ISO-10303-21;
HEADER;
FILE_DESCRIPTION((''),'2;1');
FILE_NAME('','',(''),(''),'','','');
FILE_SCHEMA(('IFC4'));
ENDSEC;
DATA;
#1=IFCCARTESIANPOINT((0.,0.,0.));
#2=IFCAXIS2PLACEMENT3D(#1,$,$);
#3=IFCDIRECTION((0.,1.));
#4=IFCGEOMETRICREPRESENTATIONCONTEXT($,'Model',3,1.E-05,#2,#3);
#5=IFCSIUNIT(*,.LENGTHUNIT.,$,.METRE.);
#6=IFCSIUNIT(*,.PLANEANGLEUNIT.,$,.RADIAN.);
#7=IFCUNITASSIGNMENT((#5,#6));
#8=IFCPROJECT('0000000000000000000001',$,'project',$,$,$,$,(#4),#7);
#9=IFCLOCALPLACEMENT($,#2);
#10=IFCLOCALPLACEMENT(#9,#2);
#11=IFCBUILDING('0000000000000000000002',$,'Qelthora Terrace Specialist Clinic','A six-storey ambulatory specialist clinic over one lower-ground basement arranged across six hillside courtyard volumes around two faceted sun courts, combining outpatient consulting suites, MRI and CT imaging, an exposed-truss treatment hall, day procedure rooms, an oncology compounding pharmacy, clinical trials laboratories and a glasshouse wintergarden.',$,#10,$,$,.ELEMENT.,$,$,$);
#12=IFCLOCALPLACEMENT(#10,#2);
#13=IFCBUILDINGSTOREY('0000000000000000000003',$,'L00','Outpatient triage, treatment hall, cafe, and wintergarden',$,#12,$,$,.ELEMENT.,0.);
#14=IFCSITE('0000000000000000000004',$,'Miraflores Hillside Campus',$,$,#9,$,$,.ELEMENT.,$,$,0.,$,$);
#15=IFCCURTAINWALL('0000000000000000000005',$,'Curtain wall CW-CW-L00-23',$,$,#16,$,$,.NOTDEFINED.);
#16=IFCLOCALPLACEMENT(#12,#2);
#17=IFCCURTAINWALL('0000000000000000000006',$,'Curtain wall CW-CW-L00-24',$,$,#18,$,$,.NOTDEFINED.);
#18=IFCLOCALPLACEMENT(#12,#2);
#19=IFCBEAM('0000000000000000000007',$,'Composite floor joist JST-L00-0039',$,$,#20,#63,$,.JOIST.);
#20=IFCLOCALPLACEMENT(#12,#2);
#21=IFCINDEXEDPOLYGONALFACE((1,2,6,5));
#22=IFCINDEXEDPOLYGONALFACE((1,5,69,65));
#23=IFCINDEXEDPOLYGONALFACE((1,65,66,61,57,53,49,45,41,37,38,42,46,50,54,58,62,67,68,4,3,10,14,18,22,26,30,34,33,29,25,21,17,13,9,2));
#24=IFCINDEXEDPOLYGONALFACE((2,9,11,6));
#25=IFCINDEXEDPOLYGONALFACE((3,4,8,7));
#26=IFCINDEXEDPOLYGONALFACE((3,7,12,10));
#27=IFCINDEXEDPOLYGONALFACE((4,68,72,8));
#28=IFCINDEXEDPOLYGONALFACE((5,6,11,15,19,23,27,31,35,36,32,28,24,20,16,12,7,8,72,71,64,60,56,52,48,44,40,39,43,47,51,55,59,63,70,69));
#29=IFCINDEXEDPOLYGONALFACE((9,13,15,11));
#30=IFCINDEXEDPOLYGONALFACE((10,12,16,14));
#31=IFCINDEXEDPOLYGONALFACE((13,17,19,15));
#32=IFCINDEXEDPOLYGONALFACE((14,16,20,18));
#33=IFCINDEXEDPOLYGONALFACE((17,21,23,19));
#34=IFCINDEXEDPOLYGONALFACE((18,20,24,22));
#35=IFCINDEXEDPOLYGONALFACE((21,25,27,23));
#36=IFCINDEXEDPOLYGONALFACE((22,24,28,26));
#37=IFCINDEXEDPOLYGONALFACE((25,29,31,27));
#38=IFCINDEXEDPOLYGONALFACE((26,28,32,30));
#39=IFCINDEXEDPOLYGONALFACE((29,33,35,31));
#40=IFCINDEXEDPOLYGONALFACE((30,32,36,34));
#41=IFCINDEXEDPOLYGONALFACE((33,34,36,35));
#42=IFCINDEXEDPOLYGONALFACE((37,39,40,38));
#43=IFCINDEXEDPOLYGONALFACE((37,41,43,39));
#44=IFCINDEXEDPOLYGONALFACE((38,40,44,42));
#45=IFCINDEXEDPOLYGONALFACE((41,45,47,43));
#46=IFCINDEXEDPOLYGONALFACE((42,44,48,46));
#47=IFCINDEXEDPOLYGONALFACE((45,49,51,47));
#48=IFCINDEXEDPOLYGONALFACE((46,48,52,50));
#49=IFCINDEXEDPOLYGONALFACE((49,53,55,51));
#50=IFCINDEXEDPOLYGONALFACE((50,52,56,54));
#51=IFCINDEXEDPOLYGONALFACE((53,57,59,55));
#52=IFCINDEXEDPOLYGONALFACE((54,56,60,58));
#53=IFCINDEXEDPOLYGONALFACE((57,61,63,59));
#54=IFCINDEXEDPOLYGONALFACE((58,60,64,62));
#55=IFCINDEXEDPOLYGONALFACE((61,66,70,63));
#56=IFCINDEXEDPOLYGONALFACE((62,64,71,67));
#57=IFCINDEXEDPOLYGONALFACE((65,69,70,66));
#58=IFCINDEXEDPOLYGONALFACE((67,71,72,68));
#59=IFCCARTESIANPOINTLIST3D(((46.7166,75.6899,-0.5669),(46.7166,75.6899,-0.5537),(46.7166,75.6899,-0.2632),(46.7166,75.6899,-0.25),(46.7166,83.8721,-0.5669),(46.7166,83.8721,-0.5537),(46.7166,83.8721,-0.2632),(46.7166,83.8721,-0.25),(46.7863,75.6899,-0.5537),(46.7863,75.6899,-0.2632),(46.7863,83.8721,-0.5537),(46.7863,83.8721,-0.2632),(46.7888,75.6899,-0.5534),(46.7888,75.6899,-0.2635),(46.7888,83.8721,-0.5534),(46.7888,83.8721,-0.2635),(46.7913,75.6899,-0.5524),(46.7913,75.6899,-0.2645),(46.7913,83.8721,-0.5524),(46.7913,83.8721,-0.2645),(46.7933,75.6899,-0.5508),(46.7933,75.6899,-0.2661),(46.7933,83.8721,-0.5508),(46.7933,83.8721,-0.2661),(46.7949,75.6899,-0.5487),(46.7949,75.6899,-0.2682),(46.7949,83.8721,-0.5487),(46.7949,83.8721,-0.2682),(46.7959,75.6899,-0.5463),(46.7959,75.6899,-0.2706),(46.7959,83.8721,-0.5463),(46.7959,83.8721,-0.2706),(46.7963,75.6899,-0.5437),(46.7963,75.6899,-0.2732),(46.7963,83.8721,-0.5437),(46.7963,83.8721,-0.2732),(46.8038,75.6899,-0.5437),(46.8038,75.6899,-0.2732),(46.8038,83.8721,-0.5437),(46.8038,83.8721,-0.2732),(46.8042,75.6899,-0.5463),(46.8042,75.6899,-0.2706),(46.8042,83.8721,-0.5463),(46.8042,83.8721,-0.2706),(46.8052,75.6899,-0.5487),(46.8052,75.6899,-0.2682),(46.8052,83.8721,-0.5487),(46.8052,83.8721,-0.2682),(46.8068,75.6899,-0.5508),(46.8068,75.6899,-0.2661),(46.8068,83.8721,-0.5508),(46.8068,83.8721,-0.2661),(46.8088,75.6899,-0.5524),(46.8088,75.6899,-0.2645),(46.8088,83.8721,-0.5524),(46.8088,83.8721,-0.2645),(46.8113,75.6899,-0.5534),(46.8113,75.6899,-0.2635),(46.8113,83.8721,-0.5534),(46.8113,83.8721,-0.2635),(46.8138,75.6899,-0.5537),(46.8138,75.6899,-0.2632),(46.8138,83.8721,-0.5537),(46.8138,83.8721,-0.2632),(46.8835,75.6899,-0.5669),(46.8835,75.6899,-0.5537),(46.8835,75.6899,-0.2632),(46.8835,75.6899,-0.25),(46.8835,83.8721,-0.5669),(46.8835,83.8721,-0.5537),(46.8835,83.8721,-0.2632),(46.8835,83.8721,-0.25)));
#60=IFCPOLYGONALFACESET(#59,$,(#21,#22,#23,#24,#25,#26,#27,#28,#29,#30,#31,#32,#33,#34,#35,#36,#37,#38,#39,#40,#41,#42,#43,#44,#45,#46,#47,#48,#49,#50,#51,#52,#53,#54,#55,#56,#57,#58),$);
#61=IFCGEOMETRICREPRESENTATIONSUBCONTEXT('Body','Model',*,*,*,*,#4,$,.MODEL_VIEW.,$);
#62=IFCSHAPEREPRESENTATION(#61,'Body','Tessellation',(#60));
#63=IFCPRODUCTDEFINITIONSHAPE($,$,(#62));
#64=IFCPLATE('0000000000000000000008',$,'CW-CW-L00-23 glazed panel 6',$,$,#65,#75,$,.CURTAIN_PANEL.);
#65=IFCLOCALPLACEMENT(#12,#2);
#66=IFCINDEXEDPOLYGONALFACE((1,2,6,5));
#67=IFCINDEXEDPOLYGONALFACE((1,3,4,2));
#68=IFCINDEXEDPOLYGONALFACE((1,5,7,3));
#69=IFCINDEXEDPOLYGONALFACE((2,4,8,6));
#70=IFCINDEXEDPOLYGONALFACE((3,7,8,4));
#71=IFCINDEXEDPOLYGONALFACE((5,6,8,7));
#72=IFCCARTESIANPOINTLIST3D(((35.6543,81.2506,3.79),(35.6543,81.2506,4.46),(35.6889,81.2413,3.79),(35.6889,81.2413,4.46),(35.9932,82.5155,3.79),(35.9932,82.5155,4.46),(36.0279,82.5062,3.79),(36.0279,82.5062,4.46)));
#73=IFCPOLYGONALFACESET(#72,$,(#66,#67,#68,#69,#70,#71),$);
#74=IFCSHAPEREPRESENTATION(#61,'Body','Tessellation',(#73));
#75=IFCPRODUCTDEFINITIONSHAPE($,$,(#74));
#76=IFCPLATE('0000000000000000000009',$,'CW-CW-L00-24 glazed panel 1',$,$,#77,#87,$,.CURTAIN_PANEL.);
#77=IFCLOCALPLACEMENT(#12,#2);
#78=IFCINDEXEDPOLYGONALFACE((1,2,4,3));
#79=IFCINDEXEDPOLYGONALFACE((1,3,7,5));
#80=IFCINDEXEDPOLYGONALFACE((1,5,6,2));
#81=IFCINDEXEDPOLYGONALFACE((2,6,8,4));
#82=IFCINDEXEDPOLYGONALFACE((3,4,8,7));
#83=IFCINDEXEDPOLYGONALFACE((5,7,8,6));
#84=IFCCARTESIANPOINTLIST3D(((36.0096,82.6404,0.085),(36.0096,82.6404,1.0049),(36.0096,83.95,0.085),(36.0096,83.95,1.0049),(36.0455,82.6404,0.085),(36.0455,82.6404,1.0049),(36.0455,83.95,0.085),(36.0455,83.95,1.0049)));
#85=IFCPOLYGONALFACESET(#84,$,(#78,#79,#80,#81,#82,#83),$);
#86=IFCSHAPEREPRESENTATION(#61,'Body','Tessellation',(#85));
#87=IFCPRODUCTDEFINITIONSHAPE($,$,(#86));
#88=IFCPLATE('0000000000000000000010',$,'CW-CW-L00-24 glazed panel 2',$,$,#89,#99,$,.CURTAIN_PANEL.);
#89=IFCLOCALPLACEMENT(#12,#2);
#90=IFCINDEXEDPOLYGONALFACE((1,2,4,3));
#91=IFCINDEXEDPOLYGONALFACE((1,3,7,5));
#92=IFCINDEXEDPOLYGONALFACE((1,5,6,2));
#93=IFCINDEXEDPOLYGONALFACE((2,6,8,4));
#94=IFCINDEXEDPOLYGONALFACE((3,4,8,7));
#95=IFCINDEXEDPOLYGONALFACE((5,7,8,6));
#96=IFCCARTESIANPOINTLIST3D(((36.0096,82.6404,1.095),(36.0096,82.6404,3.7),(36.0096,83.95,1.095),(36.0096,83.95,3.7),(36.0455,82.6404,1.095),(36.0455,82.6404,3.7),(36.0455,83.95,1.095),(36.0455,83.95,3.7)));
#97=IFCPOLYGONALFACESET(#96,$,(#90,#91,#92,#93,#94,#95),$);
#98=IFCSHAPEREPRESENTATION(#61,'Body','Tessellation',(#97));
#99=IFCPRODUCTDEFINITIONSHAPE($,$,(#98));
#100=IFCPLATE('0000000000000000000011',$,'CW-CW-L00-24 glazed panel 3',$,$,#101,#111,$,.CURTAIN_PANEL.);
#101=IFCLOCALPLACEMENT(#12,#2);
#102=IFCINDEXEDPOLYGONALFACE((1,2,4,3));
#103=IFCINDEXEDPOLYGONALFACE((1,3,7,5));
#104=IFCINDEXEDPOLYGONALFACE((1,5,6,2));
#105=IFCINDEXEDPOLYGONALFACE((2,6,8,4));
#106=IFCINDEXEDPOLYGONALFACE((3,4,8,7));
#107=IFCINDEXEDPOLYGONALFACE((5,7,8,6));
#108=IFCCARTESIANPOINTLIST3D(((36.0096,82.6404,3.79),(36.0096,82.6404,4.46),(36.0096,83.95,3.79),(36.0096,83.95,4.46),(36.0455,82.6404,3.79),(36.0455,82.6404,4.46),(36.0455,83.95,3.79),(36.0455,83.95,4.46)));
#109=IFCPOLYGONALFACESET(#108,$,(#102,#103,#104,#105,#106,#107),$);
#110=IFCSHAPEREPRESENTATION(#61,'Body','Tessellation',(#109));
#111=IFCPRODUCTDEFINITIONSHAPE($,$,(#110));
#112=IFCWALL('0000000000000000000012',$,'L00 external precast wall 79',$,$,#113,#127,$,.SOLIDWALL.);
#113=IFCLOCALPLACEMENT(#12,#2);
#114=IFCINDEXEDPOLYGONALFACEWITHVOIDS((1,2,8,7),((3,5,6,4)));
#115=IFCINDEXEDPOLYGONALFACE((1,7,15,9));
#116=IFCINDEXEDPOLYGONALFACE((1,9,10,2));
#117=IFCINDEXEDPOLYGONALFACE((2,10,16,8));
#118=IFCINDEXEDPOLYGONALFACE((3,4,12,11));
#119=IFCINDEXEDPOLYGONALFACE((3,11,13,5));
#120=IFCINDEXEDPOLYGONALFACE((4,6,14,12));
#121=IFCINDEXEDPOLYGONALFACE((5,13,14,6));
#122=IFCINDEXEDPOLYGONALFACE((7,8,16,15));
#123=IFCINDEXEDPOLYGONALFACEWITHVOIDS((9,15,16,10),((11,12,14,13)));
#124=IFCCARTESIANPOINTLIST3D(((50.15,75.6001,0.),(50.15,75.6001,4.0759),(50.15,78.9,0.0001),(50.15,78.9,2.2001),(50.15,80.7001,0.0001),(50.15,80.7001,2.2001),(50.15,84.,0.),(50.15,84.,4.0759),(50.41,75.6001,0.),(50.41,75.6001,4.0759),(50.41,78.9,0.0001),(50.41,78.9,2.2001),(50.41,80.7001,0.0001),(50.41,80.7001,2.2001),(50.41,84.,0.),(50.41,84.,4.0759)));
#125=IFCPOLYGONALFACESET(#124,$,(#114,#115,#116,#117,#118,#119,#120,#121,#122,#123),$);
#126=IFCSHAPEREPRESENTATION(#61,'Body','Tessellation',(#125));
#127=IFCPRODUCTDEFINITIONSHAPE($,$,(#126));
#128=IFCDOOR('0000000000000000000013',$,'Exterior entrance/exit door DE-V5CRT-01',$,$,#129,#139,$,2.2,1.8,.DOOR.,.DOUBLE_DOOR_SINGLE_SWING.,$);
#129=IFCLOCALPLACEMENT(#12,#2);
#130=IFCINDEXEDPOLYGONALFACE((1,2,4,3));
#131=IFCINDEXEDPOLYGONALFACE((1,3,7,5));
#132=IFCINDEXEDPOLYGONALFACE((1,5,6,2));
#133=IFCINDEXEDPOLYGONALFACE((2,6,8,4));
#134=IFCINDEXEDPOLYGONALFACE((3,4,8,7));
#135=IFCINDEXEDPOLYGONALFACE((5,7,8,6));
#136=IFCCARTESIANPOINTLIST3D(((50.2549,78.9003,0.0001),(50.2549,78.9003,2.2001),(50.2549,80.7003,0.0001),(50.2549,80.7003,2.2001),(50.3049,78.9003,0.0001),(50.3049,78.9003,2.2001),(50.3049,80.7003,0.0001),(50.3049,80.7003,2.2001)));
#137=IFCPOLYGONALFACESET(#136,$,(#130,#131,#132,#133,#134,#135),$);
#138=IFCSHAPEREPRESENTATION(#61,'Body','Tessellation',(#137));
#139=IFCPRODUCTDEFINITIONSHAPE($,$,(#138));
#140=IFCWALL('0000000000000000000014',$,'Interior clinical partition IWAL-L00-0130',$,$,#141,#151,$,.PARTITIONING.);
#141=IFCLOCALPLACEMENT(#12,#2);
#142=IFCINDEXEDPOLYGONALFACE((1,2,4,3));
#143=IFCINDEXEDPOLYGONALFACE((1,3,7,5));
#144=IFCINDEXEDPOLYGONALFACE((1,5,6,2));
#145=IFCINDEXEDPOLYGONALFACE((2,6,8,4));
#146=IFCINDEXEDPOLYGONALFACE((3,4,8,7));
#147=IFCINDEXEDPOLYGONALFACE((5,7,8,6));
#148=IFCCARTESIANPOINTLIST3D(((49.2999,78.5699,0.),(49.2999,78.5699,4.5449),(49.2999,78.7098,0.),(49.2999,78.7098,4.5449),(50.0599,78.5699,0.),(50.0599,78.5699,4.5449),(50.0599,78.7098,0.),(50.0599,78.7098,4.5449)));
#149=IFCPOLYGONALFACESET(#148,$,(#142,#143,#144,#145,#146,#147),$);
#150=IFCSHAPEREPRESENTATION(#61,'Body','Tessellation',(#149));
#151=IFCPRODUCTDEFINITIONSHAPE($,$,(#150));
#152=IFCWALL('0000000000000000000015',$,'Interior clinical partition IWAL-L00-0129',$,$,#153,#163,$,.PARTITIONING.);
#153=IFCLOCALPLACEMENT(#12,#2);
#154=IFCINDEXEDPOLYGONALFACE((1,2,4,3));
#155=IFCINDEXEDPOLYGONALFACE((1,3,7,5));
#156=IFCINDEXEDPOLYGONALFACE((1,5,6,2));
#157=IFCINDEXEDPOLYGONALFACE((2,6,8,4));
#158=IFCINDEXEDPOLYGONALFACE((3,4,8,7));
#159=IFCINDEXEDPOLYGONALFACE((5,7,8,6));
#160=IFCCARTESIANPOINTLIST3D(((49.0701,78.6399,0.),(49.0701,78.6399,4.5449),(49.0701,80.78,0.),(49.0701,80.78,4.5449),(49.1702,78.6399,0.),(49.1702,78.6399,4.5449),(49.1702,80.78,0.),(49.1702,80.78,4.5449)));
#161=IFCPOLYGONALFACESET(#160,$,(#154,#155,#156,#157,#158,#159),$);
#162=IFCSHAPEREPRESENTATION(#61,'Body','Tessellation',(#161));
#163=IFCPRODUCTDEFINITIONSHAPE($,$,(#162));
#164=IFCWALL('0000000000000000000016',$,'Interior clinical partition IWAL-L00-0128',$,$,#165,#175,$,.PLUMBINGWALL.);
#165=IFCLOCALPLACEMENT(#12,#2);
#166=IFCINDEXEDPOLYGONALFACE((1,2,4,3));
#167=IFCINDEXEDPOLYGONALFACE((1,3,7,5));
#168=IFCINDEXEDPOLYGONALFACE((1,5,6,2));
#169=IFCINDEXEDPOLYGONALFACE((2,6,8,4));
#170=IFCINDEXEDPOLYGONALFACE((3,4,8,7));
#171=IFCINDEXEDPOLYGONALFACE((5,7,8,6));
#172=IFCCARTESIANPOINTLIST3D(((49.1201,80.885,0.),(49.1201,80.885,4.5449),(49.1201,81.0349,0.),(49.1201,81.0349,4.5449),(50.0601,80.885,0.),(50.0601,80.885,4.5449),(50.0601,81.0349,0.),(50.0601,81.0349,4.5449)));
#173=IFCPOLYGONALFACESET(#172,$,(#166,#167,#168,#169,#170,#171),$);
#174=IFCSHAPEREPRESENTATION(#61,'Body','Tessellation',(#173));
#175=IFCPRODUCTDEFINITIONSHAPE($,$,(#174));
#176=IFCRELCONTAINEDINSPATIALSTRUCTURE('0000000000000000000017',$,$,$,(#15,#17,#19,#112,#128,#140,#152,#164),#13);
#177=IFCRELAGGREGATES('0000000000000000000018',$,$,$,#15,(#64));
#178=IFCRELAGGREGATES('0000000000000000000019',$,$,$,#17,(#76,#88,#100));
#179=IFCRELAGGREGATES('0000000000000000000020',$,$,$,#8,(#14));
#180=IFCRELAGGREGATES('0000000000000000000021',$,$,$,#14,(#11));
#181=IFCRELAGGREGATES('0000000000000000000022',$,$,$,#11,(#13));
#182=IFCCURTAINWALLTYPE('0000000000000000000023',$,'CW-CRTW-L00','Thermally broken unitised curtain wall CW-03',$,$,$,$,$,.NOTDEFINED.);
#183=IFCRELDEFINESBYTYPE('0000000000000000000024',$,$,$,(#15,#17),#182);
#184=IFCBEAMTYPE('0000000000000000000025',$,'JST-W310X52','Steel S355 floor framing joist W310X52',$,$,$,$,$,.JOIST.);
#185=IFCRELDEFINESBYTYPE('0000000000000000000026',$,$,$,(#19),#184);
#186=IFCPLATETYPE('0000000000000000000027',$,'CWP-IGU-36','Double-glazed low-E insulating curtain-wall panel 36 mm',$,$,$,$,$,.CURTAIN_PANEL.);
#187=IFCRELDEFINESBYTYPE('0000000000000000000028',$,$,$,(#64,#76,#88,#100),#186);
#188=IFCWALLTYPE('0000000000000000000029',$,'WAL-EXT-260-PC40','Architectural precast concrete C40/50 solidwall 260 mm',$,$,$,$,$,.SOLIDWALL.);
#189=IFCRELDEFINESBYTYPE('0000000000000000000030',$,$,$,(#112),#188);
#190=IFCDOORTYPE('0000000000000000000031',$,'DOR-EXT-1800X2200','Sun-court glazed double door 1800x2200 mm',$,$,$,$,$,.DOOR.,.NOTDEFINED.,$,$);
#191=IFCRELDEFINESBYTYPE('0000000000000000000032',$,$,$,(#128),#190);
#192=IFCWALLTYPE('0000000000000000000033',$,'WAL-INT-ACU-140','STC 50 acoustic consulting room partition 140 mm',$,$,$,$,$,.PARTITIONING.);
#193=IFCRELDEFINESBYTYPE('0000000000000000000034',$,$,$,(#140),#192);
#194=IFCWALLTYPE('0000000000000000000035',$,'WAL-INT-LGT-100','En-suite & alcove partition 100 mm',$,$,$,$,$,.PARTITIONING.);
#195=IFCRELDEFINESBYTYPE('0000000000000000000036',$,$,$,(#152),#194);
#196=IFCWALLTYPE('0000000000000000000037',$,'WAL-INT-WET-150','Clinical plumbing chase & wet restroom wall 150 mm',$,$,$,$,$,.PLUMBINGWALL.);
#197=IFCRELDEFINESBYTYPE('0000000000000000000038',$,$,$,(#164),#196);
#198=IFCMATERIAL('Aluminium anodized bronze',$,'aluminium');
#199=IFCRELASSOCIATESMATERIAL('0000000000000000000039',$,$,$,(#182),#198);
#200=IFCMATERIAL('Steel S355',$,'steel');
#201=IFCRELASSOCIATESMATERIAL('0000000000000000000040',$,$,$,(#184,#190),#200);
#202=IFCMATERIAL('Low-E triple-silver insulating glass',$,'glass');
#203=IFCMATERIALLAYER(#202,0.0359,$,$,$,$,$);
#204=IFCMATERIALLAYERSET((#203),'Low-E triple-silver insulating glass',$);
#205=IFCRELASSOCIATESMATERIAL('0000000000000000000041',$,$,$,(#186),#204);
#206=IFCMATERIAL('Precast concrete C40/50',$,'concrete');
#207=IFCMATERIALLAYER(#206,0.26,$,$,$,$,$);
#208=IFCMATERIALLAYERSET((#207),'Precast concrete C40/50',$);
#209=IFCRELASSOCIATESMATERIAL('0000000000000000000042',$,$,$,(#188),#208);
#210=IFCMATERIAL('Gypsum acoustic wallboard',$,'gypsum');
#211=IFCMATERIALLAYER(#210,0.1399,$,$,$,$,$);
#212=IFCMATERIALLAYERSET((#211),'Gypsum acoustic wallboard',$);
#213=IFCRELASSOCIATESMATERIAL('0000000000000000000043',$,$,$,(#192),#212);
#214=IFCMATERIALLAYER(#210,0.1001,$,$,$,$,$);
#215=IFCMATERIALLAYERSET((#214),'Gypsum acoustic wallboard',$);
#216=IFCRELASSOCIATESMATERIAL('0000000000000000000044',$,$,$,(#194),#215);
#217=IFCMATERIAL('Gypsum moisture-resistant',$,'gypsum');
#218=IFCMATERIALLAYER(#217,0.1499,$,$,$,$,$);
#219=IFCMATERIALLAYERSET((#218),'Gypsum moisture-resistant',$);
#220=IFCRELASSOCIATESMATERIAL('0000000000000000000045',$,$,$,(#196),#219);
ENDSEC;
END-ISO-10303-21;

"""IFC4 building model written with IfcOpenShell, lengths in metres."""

from ifc_helpers import new_model, si_unit, direction, frame, frame_2d, origin, origin_2d, place, context, subcontext, project, spatial, rectangle, i_section, extrude, material, layer, layer_set, material_profile, profile_set, type_object, element, fill, aggregate, save


model = new_model("IFC4")

# Units and contexts
model_context = context("Model", 3, precision=1e-05, world=origin(), true_north=direction((0.0, 1.0)))
body_context = subcontext(model_context, "Body", "Model", "MODEL_VIEW")
ifc_project = project(units=[si_unit("LENGTHUNIT", "METRE"), si_unit("PLANEANGLEUNIT", "RADIAN")], contexts=[model_context])

# Site, building, storey
site_placement = place(None, origin())
site = spatial("IfcSite", under=ifc_project, at=site_placement, Name="Miraflores Hillside Campus", CompositionType="ELEMENT", RefElevation=0.0)
building_placement = place(site_placement, origin())
building = spatial("IfcBuilding", under=site, at=building_placement, Name="Qelthora Terrace Specialist Clinic", Description="A six-storey ambulatory specialist clinic over one lower-ground basement arranged across six hillside courtyard volumes around two faceted sun courts, combining outpatient consulting suites, MRI and CT imaging, an exposed-truss treatment hall, day procedure rooms, an oncology compounding pharmacy, clinical trials laboratories and a glasshouse wintergarden.", CompositionType="ELEMENT")
storey_placement = place(building_placement, origin())
storey = spatial("IfcBuildingStorey", under=building, at=storey_placement, Name="L00", Description="Outpatient triage, treatment hall, cafe, and wintergarden", CompositionType="ELEMENT", Elevation=0.0)

# Shared definitions
ifc_material_1 = material(Name="Steel S355", Category="steel")

# Curtain wall
ifc_material_2 = material(Name="Aluminium anodized bronze", Category="aluminium")
curtain_wall_type = type_object("IfcCurtainWallType", Name="CW-CRTW-L00", Description="Thermally broken unitised curtain wall CW-03", PredefinedType="NOTDEFINED", material=ifc_material_2)
curtain_wall_1_placement = place(storey_placement, origin())
curtain_wall_1 = element("IfcCurtainWall", 1, at=curtain_wall_1_placement, inside=storey, type_object=curtain_wall_type, Name="Curtain wall CW-CW-L00-23", PredefinedType="NOTDEFINED")

# Curtain wall
curtain_wall_2_placement = place(storey_placement, origin())
curtain_wall_2 = element("IfcCurtainWall", 2, at=curtain_wall_2_placement, inside=storey, type_object=curtain_wall_type, Name="Curtain wall CW-CW-L00-24", PredefinedType="NOTDEFINED")

# Beam
ifc_material_profile_1 = material_profile(ifc_material_1, i_section(OverallWidth=0.167, OverallDepth=0.3169, WebThickness=0.0076, FlangeThickness=0.0132, FilletRadius=0.01, at=origin_2d()), Name="W310X52")
ifc_profile_set_1 = profile_set([ifc_material_profile_1], Name="Steel S355")
beam_type_1 = type_object("IfcBeamType", Name="JST-W310X52", Description="Steel S355 floor framing joist W310X52", PredefinedType="JOIST", material=ifc_profile_set_1)
beam_1_placement = place(storey_placement, frame((46.8, 75.6899, -0.4084), z_axis=(0.0, 1.0, 0.0), x_axis=(-1.0, 0.0, 0.0)))
element("IfcBeam", 3, at=beam_1_placement, inside=storey, type_object=beam_type_1, Name="Composite floor joist JST-L00-0039", PredefinedType="JOIST", context=body_context, shape_type="SweptSolid", body=[
    extrude(i_section(OverallWidth=0.167, OverallDepth=0.3169, WebThickness=0.0076, FlangeThickness=0.0132, FilletRadius=0.01, at=origin_2d()), origin(), (0.0, 0.0, 1.0), 8.1821),
])

# Plates
ifc_material_3 = material(Name="Low-E triple-silver insulating glass", Category="glass")
ifc_layer_1 = layer(ifc_material_3, 0.0359)
ifc_layer_set_1 = layer_set([ifc_layer_1], Name="Low-E triple-silver insulating glass")
plate_type = type_object("IfcPlateType", Name="CWP-IGU-36", Description="Double-glazed low-E insulating curtain-wall panel 36 mm", PredefinedType="CURTAIN_PANEL", material=ifc_layer_set_1)
plate_1_placement = place(storey_placement, frame((35.8411, 81.8784, 3.79), z_axis=(0.0, 0.0, 1.0), x_axis=(0.258821, 0.965925, 0.0)))
plate_1 = element("IfcPlate", 4, at=plate_1_placement, type_object=plate_type, Name="CW-CW-L00-23 glazed panel 6", PredefinedType="CURTAIN_PANEL", context=body_context, shape_type="SweptSolid", body=[
    extrude(rectangle(XDim=1.3096, YDim=0.0359, at=origin_2d()), origin(), (0.0, 0.0, 1.0), 0.6699),
])
aggregate(curtain_wall_1, [plate_1])
plate_2_placement = place(storey_placement, frame((36.0276, 83.2952, 0.085), z_axis=(0.0, 0.0, 1.0), x_axis=(0.0, 1.0, 0.0)))
plate_2 = element("IfcPlate", 5, at=plate_2_placement, type_object=plate_type, Name="CW-CW-L00-24 glazed panel 1", PredefinedType="CURTAIN_PANEL", context=body_context, shape_type="SweptSolid", body=[
    extrude(rectangle(XDim=1.3096, YDim=0.0359, at=origin_2d()), origin(), (0.0, 0.0, 1.0), 0.9199),
])
plate_3_placement = place(storey_placement, frame((36.0276, 83.2952, 1.095), z_axis=(0.0, 0.0, 1.0), x_axis=(0.0, 1.0, 0.0)))
plate_3 = element("IfcPlate", 6, at=plate_3_placement, type_object=plate_type, Name="CW-CW-L00-24 glazed panel 2", PredefinedType="CURTAIN_PANEL", context=body_context, shape_type="SweptSolid", body=[
    extrude(rectangle(XDim=1.3096, YDim=0.0359, at=origin_2d()), origin(), (0.0, 0.0, 1.0), 2.605),
])
plate_4_placement = place(storey_placement, frame((36.0276, 83.2952, 3.79), z_axis=(0.0, 0.0, 1.0), x_axis=(0.0, 1.0, 0.0)))
plate_4 = element("IfcPlate", 7, at=plate_4_placement, type_object=plate_type, Name="CW-CW-L00-24 glazed panel 3", PredefinedType="CURTAIN_PANEL", context=body_context, shape_type="SweptSolid", body=[
    extrude(rectangle(XDim=1.3096, YDim=0.0359, at=origin_2d()), origin(), (0.0, 0.0, 1.0), 0.6699),
])
aggregate(curtain_wall_2, [plate_2, plate_3, plate_4])

# Wall, opening, door
ifc_material_4 = material(Name="Precast concrete C40/50", Category="concrete")
ifc_layer_2 = layer(ifc_material_4, 0.26)
ifc_layer_set_2 = layer_set([ifc_layer_2], Name="Precast concrete C40/50")
wall_type_1 = type_object("IfcWallType", Name="WAL-EXT-260-PC40", Description="Architectural precast concrete C40/50 solidwall 260 mm", PredefinedType="SOLIDWALL", material=ifc_layer_set_2)
wall_1_placement = place(storey_placement, frame((50.28, 75.6001, 0.0), z_axis=(0.0, 0.0, 1.0), x_axis=(0.0, 1.0, 0.0)))
wall_1 = element("IfcWall", 8, at=wall_1_placement, inside=storey, type_object=wall_type_1, Name="L00 external precast wall 79", PredefinedType="SOLIDWALL", context=body_context, shape_type="SweptSolid", body=[
    extrude(rectangle(XDim=8.3999, YDim=0.26, at=frame_2d((4.2, 0.0))), origin(), (0.0, 0.0, 1.0), 4.0759),
])
opening_placement = place(wall_1_placement, frame((3.3, 0.0, 0.0)))
opening = element("IfcOpeningElement", 9, at=opening_placement, cuts=wall_1, PredefinedType="OPENING", context=body_context, shape_type="SweptSolid", body=[
    extrude(rectangle(XDim=1.8, YDim=2.2, at=frame_2d((0.8999, 1.1001))), frame((0.0, 0.1399, 0.0), z_axis=(0.0, -1.0, 0.0), x_axis=(1.0, 0.0, 0.0)), (0.0, 0.0, 1.0), 0.28),
])
door_type = type_object("IfcDoorType", Name="DOR-EXT-1800X2200", Description="Sun-court glazed double door 1800x2200 mm", OperationType="NOTDEFINED", PredefinedType="DOOR", material=ifc_material_1)
door_placement = place(opening_placement, frame((1.8, 0.0, 0.0), z_axis=(0.0, 0.0, 1.0), x_axis=(-1.0, 0.0, 0.0)))
door = element("IfcDoor", 10, at=door_placement, inside=storey, type_object=door_type, Name="Exterior entrance/exit door DE-V5CRT-01", OperationType="DOUBLE_DOOR_SINGLE_SWING", OverallHeight=2.2, OverallWidth=1.8, PredefinedType="DOOR", context=body_context, shape_type="SweptSolid", body=[
    extrude(rectangle(XDim=1.8, YDim=2.2, at=frame_2d((0.8999, 1.1001))), frame((0.0, 0.0249, 0.0), z_axis=(0.0, -1.0, 0.0), x_axis=(1.0, 0.0, 0.0)), (0.0, 0.0, 1.0), 0.05),
])
fill(opening, door)

# Walls
ifc_material_5 = material(Name="Gypsum acoustic wallboard", Category="gypsum")
ifc_layer_3 = layer(ifc_material_5, 0.1399)
ifc_layer_set_3 = layer_set([ifc_layer_3], Name="Gypsum acoustic wallboard")
wall_type_2 = type_object("IfcWallType", Name="WAL-INT-ACU-140", Description="STC 50 acoustic consulting room partition 140 mm", PredefinedType="PARTITIONING", material=ifc_layer_set_3)
wall_2_placement = place(storey_placement, frame((49.3, 78.6399, 0.0), z_axis=(0.0, 0.0, 1.0), x_axis=(1.0, 0.0, 0.0)))
element("IfcWall", 11, at=wall_2_placement, inside=storey, type_object=wall_type_2, Name="Interior clinical partition IWAL-L00-0130", PredefinedType="PARTITIONING", context=body_context, shape_type="SweptSolid", body=[
    extrude(rectangle(XDim=0.76, YDim=0.1399, at=frame_2d((0.3799, 0.0))), origin(), (0.0, 0.0, 1.0), 4.5449),
])
ifc_layer_4 = layer(ifc_material_5, 0.1001)
ifc_layer_set_4 = layer_set([ifc_layer_4], Name="Gypsum acoustic wallboard")
wall_type_3 = type_object("IfcWallType", Name="WAL-INT-LGT-100", Description="En-suite & alcove partition 100 mm", PredefinedType="PARTITIONING", material=ifc_layer_set_4)
wall_3_placement = place(storey_placement, frame((49.1201, 80.78, 0.0), z_axis=(0.0, 0.0, 1.0), x_axis=(0.0, -1.0, 0.0)))
element("IfcWall", 12, at=wall_3_placement, inside=storey, type_object=wall_type_3, Name="Interior clinical partition IWAL-L00-0129", PredefinedType="PARTITIONING", context=body_context, shape_type="SweptSolid", body=[
    extrude(rectangle(XDim=2.1401, YDim=0.1001, at=frame_2d((1.0701, 0.0))), origin(), (0.0, 0.0, 1.0), 4.5449),
])
ifc_material_6 = material(Name="Gypsum moisture-resistant", Category="gypsum")
ifc_layer_5 = layer(ifc_material_6, 0.1499)
ifc_layer_set_5 = layer_set([ifc_layer_5], Name="Gypsum moisture-resistant")
wall_type_4 = type_object("IfcWallType", Name="WAL-INT-WET-150", Description="Clinical plumbing chase & wet restroom wall 150 mm", PredefinedType="PLUMBINGWALL", material=ifc_layer_set_5)
wall_4_placement = place(storey_placement, frame((50.0601, 80.96, 0.0), z_axis=(0.0, 0.0, 1.0), x_axis=(-1.0, 0.0, 0.0)))
element("IfcWall", 13, at=wall_4_placement, inside=storey, type_object=wall_type_4, Name="Interior clinical partition IWAL-L00-0128", PredefinedType="PLUMBINGWALL", context=body_context, shape_type="SweptSolid", body=[
    extrude(rectangle(XDim=0.9399, YDim=0.1499, at=frame_2d((0.47, 0.0))), origin(), (0.0, 0.0, 1.0), 4.5449),
])

save(model, "model.ifc")
